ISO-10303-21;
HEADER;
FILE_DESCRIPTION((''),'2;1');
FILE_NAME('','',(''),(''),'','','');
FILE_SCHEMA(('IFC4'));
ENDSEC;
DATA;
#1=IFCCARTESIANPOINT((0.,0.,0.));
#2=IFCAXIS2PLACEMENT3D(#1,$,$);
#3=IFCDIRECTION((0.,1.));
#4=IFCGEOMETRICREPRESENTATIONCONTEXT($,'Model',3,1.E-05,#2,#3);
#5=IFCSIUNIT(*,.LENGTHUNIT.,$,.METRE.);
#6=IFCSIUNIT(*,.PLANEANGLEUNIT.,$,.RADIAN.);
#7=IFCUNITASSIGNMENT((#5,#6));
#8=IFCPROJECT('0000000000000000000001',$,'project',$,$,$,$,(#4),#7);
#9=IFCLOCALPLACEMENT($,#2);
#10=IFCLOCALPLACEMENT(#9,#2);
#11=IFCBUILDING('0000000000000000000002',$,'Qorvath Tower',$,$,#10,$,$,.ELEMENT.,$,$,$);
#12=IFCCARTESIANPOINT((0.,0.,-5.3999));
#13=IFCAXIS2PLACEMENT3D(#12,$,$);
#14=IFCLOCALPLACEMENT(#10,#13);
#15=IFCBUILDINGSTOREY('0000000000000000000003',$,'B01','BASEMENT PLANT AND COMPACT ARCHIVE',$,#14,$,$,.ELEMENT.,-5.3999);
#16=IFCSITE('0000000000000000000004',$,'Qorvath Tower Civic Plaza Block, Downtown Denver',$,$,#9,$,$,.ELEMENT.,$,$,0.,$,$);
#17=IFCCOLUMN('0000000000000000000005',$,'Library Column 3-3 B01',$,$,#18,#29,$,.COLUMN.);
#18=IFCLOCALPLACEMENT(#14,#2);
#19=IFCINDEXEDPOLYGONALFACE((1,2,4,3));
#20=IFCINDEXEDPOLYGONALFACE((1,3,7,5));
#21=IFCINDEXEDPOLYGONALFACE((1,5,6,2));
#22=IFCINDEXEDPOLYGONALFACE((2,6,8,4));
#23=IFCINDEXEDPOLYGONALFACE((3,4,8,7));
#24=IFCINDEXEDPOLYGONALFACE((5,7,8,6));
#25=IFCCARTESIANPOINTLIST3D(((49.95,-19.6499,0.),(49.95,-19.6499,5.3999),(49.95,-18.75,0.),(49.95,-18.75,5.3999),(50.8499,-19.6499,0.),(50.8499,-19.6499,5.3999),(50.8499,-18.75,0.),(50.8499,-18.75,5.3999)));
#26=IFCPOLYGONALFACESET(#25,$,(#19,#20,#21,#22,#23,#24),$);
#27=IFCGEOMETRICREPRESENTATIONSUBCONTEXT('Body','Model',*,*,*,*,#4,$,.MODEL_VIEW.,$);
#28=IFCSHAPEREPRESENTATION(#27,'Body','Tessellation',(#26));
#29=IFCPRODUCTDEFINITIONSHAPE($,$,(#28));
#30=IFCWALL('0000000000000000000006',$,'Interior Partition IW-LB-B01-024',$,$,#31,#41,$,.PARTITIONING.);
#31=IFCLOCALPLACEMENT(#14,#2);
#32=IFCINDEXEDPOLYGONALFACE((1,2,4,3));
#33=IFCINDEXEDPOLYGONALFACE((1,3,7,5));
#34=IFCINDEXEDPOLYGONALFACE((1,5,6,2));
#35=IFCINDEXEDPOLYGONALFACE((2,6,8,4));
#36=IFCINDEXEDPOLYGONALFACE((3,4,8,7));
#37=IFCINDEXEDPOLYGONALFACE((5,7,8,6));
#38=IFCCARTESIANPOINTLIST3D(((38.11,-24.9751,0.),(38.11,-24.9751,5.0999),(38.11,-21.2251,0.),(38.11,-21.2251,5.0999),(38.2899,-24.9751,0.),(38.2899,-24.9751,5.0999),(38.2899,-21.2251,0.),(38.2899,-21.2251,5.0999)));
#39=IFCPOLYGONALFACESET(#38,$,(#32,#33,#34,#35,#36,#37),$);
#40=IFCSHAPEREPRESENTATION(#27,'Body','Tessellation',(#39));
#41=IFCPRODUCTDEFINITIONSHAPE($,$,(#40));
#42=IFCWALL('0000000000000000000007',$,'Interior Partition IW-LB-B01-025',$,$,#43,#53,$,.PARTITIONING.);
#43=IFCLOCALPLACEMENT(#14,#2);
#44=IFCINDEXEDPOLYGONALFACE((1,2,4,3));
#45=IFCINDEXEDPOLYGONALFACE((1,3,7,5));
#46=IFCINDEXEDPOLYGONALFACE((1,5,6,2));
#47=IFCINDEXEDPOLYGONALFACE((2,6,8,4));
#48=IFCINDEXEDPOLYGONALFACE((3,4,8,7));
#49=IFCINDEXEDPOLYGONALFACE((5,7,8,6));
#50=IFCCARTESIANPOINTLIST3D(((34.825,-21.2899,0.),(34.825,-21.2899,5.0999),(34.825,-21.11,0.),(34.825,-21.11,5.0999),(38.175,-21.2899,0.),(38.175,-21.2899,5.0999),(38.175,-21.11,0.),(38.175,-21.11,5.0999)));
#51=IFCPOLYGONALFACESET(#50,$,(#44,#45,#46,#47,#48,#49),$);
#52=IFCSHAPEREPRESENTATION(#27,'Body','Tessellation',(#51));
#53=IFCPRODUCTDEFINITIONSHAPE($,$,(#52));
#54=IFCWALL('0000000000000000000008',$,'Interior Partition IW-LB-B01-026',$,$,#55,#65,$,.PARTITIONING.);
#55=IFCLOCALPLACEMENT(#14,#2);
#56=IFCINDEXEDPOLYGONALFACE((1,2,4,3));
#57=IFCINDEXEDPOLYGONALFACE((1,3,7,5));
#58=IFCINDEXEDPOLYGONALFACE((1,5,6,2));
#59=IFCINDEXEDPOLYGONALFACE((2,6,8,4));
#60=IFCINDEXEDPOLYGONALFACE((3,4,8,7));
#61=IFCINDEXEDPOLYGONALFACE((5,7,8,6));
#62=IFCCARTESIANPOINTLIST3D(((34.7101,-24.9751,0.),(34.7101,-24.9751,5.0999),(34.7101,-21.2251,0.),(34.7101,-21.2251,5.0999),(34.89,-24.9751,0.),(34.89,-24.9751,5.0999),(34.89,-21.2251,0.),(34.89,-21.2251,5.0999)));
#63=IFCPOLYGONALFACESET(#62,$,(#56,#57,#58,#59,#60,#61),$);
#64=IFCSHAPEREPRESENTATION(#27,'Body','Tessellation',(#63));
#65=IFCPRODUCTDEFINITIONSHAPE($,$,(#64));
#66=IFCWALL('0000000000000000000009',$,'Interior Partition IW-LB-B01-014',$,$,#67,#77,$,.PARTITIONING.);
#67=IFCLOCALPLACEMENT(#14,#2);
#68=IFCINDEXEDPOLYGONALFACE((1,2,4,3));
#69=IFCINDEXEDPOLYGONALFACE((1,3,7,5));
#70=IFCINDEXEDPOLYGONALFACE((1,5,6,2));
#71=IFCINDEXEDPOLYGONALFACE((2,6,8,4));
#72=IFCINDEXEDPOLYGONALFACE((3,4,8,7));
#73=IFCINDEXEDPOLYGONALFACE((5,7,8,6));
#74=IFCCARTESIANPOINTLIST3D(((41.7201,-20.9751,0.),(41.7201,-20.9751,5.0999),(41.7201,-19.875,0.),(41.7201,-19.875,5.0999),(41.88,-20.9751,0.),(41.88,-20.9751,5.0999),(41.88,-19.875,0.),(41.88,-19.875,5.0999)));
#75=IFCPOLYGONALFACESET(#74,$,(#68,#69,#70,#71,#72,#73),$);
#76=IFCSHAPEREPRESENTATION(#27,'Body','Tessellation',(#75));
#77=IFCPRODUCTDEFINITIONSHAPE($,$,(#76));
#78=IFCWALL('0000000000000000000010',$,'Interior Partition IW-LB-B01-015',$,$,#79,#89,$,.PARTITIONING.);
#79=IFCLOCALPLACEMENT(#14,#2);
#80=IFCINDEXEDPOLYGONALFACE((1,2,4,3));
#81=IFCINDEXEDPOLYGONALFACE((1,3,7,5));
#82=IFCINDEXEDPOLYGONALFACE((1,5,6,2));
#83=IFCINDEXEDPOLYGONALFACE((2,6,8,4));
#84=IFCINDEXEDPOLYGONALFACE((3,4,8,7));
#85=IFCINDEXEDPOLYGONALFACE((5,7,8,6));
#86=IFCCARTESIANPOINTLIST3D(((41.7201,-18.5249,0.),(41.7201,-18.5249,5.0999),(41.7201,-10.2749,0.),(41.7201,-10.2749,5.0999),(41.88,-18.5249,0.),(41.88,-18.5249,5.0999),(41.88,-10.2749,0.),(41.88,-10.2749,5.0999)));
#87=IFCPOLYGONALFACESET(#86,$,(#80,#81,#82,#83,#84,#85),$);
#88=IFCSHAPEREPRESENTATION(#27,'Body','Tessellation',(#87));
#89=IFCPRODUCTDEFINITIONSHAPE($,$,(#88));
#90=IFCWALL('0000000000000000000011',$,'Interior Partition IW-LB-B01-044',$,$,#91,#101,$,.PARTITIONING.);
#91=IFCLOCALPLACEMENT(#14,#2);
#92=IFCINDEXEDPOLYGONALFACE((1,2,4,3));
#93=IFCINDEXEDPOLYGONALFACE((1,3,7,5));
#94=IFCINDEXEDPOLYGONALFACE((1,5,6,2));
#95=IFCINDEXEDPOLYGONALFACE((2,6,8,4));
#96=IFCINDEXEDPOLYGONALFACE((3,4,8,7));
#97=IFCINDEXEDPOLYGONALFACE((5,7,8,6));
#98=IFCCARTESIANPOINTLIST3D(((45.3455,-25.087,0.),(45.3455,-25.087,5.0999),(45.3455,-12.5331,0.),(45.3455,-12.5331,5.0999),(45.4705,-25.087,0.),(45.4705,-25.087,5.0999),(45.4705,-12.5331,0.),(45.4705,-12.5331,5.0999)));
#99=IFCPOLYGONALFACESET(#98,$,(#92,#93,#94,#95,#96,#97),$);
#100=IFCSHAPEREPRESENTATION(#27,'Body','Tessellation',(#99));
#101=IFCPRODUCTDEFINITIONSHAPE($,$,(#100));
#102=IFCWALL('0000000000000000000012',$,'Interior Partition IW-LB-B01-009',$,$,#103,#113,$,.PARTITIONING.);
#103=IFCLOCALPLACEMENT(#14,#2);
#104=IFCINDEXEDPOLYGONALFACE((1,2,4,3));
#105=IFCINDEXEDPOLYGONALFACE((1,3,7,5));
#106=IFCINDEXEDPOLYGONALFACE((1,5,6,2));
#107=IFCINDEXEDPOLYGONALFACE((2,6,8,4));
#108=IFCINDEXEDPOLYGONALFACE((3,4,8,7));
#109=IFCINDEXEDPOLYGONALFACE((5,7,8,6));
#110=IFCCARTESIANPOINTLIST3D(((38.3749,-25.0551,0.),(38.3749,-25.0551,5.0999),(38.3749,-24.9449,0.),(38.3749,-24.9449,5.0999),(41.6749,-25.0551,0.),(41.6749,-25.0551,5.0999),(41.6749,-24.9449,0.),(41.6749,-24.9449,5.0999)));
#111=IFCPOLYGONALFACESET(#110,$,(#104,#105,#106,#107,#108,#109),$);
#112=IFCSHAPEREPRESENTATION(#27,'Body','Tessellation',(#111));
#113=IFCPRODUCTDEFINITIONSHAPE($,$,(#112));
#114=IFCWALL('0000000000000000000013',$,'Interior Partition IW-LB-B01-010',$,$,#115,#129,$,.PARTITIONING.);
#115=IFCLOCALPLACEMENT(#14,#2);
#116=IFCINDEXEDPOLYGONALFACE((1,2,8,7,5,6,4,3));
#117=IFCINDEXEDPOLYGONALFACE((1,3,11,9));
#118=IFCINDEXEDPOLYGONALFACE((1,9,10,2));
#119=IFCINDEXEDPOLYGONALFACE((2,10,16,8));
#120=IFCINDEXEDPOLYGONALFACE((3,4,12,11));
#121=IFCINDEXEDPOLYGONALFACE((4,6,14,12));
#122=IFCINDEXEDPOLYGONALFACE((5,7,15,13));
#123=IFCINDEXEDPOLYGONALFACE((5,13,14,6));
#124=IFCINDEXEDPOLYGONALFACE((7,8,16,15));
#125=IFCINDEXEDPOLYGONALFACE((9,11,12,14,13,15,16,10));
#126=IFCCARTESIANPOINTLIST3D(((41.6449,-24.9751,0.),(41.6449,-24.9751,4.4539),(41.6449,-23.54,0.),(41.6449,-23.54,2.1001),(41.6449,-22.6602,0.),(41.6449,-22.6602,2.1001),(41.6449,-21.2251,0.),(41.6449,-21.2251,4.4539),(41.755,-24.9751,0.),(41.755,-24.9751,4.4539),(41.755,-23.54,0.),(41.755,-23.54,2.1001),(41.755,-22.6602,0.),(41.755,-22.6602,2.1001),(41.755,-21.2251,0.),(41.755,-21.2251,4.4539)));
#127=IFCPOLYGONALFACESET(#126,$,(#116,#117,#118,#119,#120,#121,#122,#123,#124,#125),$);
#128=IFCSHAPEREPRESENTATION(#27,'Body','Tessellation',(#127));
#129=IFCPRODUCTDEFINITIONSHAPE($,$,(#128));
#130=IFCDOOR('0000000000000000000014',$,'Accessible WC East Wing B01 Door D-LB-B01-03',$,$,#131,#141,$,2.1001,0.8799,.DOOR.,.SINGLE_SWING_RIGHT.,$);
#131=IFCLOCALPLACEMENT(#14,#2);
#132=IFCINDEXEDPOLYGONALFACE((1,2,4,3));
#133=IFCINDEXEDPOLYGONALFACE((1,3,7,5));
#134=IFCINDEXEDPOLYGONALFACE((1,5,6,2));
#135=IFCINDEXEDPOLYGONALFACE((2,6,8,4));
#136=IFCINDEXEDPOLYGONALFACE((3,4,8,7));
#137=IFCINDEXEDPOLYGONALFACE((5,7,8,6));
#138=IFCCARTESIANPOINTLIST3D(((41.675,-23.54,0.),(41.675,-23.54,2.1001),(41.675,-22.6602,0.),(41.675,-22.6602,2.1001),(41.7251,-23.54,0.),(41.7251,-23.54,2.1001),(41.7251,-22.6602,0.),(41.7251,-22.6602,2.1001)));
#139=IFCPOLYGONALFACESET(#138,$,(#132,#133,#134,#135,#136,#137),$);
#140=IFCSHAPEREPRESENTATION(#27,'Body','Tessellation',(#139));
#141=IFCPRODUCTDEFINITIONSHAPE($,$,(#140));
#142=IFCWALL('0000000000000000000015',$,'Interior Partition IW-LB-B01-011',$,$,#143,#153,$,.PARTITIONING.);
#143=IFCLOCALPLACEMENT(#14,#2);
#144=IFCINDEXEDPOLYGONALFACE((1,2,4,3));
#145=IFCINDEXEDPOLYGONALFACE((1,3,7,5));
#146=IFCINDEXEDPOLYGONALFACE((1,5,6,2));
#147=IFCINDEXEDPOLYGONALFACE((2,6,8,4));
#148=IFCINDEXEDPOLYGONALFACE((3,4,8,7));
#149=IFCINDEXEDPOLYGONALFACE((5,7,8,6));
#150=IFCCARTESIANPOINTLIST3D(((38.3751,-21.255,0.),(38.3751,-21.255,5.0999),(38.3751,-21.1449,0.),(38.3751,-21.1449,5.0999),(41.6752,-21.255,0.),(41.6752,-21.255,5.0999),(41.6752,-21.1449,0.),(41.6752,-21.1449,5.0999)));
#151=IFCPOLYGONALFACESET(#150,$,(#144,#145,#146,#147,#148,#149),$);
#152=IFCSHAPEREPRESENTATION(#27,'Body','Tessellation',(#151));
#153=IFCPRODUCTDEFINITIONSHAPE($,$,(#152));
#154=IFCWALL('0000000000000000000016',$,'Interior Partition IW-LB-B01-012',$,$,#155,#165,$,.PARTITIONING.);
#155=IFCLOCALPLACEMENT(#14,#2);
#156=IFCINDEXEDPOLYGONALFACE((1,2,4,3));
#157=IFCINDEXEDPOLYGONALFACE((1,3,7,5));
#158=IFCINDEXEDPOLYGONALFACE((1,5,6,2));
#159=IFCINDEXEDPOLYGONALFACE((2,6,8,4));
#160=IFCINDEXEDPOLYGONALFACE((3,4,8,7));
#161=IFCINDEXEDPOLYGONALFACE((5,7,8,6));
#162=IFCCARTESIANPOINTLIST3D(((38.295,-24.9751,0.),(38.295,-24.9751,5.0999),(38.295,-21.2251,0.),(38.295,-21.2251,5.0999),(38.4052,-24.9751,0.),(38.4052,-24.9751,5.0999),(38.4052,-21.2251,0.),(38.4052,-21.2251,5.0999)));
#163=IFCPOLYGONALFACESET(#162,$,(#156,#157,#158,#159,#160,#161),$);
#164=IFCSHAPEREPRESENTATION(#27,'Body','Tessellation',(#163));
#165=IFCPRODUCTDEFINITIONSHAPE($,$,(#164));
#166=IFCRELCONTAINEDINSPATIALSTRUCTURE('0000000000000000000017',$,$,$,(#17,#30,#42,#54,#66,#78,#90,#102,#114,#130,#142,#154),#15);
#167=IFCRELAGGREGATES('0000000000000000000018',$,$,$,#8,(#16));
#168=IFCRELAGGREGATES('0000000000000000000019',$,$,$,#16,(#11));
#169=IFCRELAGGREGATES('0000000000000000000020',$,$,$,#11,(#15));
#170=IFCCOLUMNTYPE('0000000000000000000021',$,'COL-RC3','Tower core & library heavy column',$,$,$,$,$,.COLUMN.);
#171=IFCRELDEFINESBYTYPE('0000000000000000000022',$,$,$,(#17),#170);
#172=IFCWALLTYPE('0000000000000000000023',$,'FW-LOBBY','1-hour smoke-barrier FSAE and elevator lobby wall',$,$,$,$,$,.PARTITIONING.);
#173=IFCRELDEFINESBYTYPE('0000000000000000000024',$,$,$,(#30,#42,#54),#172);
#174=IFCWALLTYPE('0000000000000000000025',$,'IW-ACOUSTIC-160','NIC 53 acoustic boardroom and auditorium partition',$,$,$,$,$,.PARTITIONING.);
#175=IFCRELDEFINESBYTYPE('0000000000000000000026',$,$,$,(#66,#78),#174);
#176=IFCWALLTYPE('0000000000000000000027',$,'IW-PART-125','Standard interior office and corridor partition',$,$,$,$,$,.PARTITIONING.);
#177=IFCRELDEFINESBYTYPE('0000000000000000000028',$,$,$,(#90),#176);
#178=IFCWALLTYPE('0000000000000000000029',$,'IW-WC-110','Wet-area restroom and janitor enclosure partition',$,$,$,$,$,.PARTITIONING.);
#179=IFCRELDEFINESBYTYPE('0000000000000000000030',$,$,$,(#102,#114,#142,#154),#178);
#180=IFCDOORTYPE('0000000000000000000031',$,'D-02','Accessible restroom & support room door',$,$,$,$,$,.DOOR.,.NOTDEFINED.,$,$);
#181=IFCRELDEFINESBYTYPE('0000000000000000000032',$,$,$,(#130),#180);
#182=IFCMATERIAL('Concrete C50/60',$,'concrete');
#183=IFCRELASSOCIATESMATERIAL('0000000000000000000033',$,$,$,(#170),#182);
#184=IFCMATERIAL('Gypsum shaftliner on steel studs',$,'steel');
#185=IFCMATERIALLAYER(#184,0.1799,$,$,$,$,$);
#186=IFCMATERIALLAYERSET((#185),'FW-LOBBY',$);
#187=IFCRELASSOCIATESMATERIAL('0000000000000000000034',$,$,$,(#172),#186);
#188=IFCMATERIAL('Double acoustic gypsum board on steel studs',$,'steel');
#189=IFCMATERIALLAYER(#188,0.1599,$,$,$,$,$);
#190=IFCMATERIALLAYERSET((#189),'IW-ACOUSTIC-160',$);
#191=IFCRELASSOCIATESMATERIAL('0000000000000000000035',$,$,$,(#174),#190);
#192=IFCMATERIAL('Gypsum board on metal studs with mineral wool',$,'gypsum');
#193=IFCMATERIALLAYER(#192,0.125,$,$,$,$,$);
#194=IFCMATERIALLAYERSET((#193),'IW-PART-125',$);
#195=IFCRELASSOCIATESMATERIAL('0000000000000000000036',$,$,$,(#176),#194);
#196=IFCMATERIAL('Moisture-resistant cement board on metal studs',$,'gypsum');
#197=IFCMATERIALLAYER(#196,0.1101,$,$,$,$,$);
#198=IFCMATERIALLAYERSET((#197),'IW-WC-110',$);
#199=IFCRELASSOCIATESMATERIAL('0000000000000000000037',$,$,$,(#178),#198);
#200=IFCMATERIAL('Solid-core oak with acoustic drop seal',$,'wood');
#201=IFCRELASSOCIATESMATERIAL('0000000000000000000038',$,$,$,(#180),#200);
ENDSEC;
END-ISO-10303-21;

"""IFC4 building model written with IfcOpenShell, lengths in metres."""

from ifc_helpers import new_model, si_unit, direction, frame, frame_2d, origin, origin_2d, place, context, subcontext, project, spatial, rectangle, extrude, material, layer, layer_set, material_profile, profile_set, type_object, element, fill, save


model = new_model("IFC4")

# Units and contexts
model_context = context("Model", 3, precision=1e-05, world=origin(), true_north=direction((0.0, 1.0)))
body_context = subcontext(model_context, "Body", "Model", "MODEL_VIEW")
ifc_project = project(units=[si_unit("LENGTHUNIT", "METRE"), si_unit("PLANEANGLEUNIT", "RADIAN")], contexts=[model_context])

# Site, building, storey
site_placement = place(None, origin())
site = spatial("IfcSite", under=ifc_project, at=site_placement, Name="Qorvath Tower Civic Plaza Block, Downtown Denver", CompositionType="ELEMENT", RefElevation=0.0)
building_placement = place(site_placement, origin())
building = spatial("IfcBuilding", under=site, at=building_placement, Name="Qorvath Tower", CompositionType="ELEMENT")
storey_placement = place(building_placement, frame((0.0, 0.0, -5.3999)))
storey = spatial("IfcBuildingStorey", under=building, at=storey_placement, Name="B01", Description="BASEMENT PLANT AND COMPACT ARCHIVE", CompositionType="ELEMENT", Elevation=-5.3999)

# Column
ifc_material_1 = material(Name="Concrete C50/60", Category="concrete")
ifc_material_profile_1 = material_profile(ifc_material_1, rectangle(XDim=0.8999, YDim=0.8999, at=origin_2d()), Name="RC 900x900")
ifc_profile_set_1 = profile_set([ifc_material_profile_1], Name="Concrete C50/60")
column_type = type_object("IfcColumnType", Name="COL-RC3", Description="Tower core & library heavy column", PredefinedType="COLUMN", material=ifc_profile_set_1)
for number, where, z_axis, x_axis, name in (
    (1, (50.3999, -19.2, 0.0), (0.0, 0.0, 1.0), (1.0, 0.0, 0.0), "Library Column 3-3 B01"),
):
    element("IfcColumn", number, at=place(storey_placement, frame(where, z_axis=z_axis, x_axis=x_axis)), inside=storey, type_object=column_type, Name=name, PredefinedType="COLUMN", context=body_context, shape_type="SweptSolid", body=[
        extrude(rectangle(XDim=0.8999, YDim=0.8999, at=origin_2d()), origin(), (0.0, 0.0, 1.0), 5.3999),
    ])

# Walls
ifc_material_2 = material(Name="Gypsum shaftliner on steel studs", Category="steel")
ifc_layer_1 = layer(ifc_material_2, 0.1799)
ifc_layer_set_1 = layer_set([ifc_layer_1], Name="FW-LOBBY")
wall_type_1 = type_object("IfcWallType", Name="FW-LOBBY", Description="1-hour smoke-barrier FSAE and elevator lobby wall", PredefinedType="PARTITIONING", material=ifc_layer_set_1)
wall_1_placement = place(storey_placement, frame((38.2, -24.9751, 0.0), z_axis=(0.0, 0.0, 1.0), x_axis=(0.0, 1.0, 0.0)))
element("IfcWall", 2, at=wall_1_placement, inside=storey, type_object=wall_type_1, Name="Interior Partition IW-LB-B01-024", PredefinedType="PARTITIONING", context=body_context, shape_type="SweptSolid", body=[
    extrude(rectangle(XDim=3.75, YDim=0.1799, at=frame_2d((1.875, 0.0))), origin(), (0.0, 0.0, 1.0), 5.0999),
])
wall_2_placement = place(storey_placement, frame((38.175, -21.2, 0.0), z_axis=(0.0, 0.0, 1.0), x_axis=(-1.0, 0.0, 0.0)))
element("IfcWall", 3, at=wall_2_placement, inside=storey, type_object=wall_type_1, Name="Interior Partition IW-LB-B01-025", PredefinedType="PARTITIONING", context=body_context, shape_type="SweptSolid", body=[
    extrude(rectangle(XDim=3.3501, YDim=0.1799, at=frame_2d((1.675, 0.0))), origin(), (0.0, 0.0, 1.0), 5.0999),
])
wall_3_placement = place(storey_placement, frame((34.8, -21.2251, 0.0), z_axis=(0.0, 0.0, 1.0), x_axis=(0.0, -1.0, 0.0)))
element("IfcWall", 4, at=wall_3_placement, inside=storey, type_object=wall_type_1, Name="Interior Partition IW-LB-B01-026", PredefinedType="PARTITIONING", context=body_context, shape_type="SweptSolid", body=[
    extrude(rectangle(XDim=3.75, YDim=0.1799, at=frame_2d((1.875, 0.0))), origin(), (0.0, 0.0, 1.0), 5.0999),
])
ifc_material_3 = material(Name="Double acoustic gypsum board on steel studs", Category="steel")
ifc_layer_2 = layer(ifc_material_3, 0.1599)
ifc_layer_set_2 = layer_set([ifc_layer_2], Name="IW-ACOUSTIC-160")
wall_type_2 = type_object("IfcWallType", Name="IW-ACOUSTIC-160", Description="NIC 53 acoustic boardroom and auditorium partition", PredefinedType="PARTITIONING", material=ifc_layer_set_2)
wall_4_placement = place(storey_placement, frame((41.8, -20.9751, 0.0), z_axis=(0.0, 0.0, 1.0), x_axis=(0.0, 1.0, 0.0)))
element("IfcWall", 5, at=wall_4_placement, inside=storey, type_object=wall_type_2, Name="Interior Partition IW-LB-B01-014", PredefinedType="PARTITIONING", context=body_context, shape_type="SweptSolid", body=[
    extrude(rectangle(XDim=1.1001, YDim=0.1599, at=frame_2d((0.55, 0.0))), origin(), (0.0, 0.0, 1.0), 5.0999),
])
wall_5_placement = place(storey_placement, frame((41.8, -18.5249, 0.0), z_axis=(0.0, 0.0, 1.0), x_axis=(0.0, 1.0, 0.0)))
element("IfcWall", 6, at=wall_5_placement, inside=storey, type_object=wall_type_2, Name="Interior Partition IW-LB-B01-015", PredefinedType="PARTITIONING", context=body_context, shape_type="SweptSolid", body=[
    extrude(rectangle(XDim=8.25, YDim=0.1599, at=frame_2d((4.125, 0.0))), origin(), (0.0, 0.0, 1.0), 5.0999),
])
ifc_material_4 = material(Name="Gypsum board on metal studs with mineral wool", Category="gypsum")
ifc_layer_3 = layer(ifc_material_4, 0.125)
ifc_layer_set_3 = layer_set([ifc_layer_3], Name="IW-PART-125")
wall_type_3 = type_object("IfcWallType", Name="IW-PART-125", Description="Standard interior office and corridor partition", PredefinedType="PARTITIONING", material=ifc_layer_set_3)
wall_6_placement = place(storey_placement, frame((45.408, -12.5332, 0.0), z_axis=(0.0, 0.0, 1.0), x_axis=(0.0, -1.0, 0.0)))
element("IfcWall", 7, at=wall_6_placement, inside=storey, type_object=wall_type_3, Name="Interior Partition IW-LB-B01-044", PredefinedType="PARTITIONING", context=body_context, shape_type="SweptSolid", body=[
    extrude(rectangle(XDim=12.554, YDim=0.125, at=frame_2d((6.2769, 0.0))), origin(), (0.0, 0.0, 1.0), 5.0999),
])
ifc_material_5 = material(Name="Moisture-resistant cement board on metal studs", Category="gypsum")
ifc_layer_4 = layer(ifc_material_5, 0.1101)
ifc_layer_set_4 = layer_set([ifc_layer_4], Name="IW-WC-110")
wall_type_4 = type_object("IfcWallType", Name="IW-WC-110", Description="Wet-area restroom and janitor enclosure partition", PredefinedType="PARTITIONING", material=ifc_layer_set_4)
wall_7_placement = place(storey_placement, frame((38.375, -25.0, 0.0), z_axis=(0.0, 0.0, 1.0), x_axis=(1.0, 0.0, 0.0)))
element("IfcWall", 8, at=wall_7_placement, inside=storey, type_object=wall_type_4, Name="Interior Partition IW-LB-B01-009", PredefinedType="PARTITIONING", context=body_context, shape_type="SweptSolid", body=[
    extrude(rectangle(XDim=3.3, YDim=0.1101, at=frame_2d((1.6499, 0.0))), origin(), (0.0, 0.0, 1.0), 5.0999),
])

# Wall, opening, door
wall_8_placement = place(storey_placement, frame((41.7, -24.9751, 0.0), z_axis=(0.0, 0.0, 1.0), x_axis=(0.0, 1.0, 0.0)))
wall_8 = element("IfcWall", 9, at=wall_8_placement, inside=storey, type_object=wall_type_4, Name="Interior Partition IW-LB-B01-010", PredefinedType="PARTITIONING", context=body_context, shape_type="SweptSolid", body=[
    extrude(rectangle(XDim=3.75, YDim=0.1101, at=frame_2d((1.875, 0.0))), origin(), (0.0, 0.0, 1.0), 4.4539),
])
opening_placement = place(wall_8_placement, frame((1.4351, 0.0, 0.0)))
opening = element("IfcOpeningElement", 10, at=opening_placement, cuts=wall_8, PredefinedType="OPENING", context=body_context, shape_type="SweptSolid", body=[
    extrude(rectangle(XDim=0.8799, YDim=2.1001, at=frame_2d((0.4399, 1.05))), frame((0.0, 0.0649, 0.0), z_axis=(0.0, -1.0, 0.0), x_axis=(1.0, 0.0, 0.0)), (0.0, 0.0, 1.0), 0.1301),
])
ifc_material_6 = material(Name="Solid-core oak with acoustic drop seal", Category="wood")
door_type = type_object("IfcDoorType", Name="D-02", Description="Accessible restroom & support room door", OperationType="NOTDEFINED", PredefinedType="DOOR", material=ifc_material_6)
door_placement = place(opening_placement, origin())
door = element("IfcDoor", 11, at=door_placement, inside=storey, type_object=door_type, Name="Accessible WC East Wing B01 Door D-LB-B01-03", OperationType="SINGLE_SWING_RIGHT", OverallHeight=2.1001, OverallWidth=0.8799, PredefinedType="DOOR", context=body_context, shape_type="SweptSolid", body=[
    extrude(rectangle(XDim=0.8799, YDim=2.1001, at=frame_2d((0.4399, 1.05))), frame((0.0, 0.0249, 0.0), z_axis=(0.0, -1.0, 0.0), x_axis=(1.0, 0.0, 0.0)), (0.0, 0.0, 1.0), 0.05),
])
fill(opening, door)

# Walls
wall_9_placement = place(storey_placement, frame((41.675, -21.2, 0.0), z_axis=(0.0, 0.0, 1.0), x_axis=(-1.0, 0.0, 0.0)))
element("IfcWall", 12, at=wall_9_placement, inside=storey, type_object=wall_type_4, Name="Interior Partition IW-LB-B01-011", PredefinedType="PARTITIONING", context=body_context, shape_type="SweptSolid", body=[
    extrude(rectangle(XDim=3.3, YDim=0.1101, at=frame_2d((1.6499, 0.0))), origin(), (0.0, 0.0, 1.0), 5.0999),
])
wall_10_placement = place(storey_placement, frame((38.3501, -21.2251, 0.0), z_axis=(0.0, 0.0, 1.0), x_axis=(0.0, -1.0, 0.0)))
element("IfcWall", 13, at=wall_10_placement, inside=storey, type_object=wall_type_4, Name="Interior Partition IW-LB-B01-012", PredefinedType="PARTITIONING", context=body_context, shape_type="SweptSolid", body=[
    extrude(rectangle(XDim=3.75, YDim=0.1101, at=frame_2d((1.875, 0.0))), origin(), (0.0, 0.0, 1.0), 5.0999),
])

save(model, "model.ifc")
